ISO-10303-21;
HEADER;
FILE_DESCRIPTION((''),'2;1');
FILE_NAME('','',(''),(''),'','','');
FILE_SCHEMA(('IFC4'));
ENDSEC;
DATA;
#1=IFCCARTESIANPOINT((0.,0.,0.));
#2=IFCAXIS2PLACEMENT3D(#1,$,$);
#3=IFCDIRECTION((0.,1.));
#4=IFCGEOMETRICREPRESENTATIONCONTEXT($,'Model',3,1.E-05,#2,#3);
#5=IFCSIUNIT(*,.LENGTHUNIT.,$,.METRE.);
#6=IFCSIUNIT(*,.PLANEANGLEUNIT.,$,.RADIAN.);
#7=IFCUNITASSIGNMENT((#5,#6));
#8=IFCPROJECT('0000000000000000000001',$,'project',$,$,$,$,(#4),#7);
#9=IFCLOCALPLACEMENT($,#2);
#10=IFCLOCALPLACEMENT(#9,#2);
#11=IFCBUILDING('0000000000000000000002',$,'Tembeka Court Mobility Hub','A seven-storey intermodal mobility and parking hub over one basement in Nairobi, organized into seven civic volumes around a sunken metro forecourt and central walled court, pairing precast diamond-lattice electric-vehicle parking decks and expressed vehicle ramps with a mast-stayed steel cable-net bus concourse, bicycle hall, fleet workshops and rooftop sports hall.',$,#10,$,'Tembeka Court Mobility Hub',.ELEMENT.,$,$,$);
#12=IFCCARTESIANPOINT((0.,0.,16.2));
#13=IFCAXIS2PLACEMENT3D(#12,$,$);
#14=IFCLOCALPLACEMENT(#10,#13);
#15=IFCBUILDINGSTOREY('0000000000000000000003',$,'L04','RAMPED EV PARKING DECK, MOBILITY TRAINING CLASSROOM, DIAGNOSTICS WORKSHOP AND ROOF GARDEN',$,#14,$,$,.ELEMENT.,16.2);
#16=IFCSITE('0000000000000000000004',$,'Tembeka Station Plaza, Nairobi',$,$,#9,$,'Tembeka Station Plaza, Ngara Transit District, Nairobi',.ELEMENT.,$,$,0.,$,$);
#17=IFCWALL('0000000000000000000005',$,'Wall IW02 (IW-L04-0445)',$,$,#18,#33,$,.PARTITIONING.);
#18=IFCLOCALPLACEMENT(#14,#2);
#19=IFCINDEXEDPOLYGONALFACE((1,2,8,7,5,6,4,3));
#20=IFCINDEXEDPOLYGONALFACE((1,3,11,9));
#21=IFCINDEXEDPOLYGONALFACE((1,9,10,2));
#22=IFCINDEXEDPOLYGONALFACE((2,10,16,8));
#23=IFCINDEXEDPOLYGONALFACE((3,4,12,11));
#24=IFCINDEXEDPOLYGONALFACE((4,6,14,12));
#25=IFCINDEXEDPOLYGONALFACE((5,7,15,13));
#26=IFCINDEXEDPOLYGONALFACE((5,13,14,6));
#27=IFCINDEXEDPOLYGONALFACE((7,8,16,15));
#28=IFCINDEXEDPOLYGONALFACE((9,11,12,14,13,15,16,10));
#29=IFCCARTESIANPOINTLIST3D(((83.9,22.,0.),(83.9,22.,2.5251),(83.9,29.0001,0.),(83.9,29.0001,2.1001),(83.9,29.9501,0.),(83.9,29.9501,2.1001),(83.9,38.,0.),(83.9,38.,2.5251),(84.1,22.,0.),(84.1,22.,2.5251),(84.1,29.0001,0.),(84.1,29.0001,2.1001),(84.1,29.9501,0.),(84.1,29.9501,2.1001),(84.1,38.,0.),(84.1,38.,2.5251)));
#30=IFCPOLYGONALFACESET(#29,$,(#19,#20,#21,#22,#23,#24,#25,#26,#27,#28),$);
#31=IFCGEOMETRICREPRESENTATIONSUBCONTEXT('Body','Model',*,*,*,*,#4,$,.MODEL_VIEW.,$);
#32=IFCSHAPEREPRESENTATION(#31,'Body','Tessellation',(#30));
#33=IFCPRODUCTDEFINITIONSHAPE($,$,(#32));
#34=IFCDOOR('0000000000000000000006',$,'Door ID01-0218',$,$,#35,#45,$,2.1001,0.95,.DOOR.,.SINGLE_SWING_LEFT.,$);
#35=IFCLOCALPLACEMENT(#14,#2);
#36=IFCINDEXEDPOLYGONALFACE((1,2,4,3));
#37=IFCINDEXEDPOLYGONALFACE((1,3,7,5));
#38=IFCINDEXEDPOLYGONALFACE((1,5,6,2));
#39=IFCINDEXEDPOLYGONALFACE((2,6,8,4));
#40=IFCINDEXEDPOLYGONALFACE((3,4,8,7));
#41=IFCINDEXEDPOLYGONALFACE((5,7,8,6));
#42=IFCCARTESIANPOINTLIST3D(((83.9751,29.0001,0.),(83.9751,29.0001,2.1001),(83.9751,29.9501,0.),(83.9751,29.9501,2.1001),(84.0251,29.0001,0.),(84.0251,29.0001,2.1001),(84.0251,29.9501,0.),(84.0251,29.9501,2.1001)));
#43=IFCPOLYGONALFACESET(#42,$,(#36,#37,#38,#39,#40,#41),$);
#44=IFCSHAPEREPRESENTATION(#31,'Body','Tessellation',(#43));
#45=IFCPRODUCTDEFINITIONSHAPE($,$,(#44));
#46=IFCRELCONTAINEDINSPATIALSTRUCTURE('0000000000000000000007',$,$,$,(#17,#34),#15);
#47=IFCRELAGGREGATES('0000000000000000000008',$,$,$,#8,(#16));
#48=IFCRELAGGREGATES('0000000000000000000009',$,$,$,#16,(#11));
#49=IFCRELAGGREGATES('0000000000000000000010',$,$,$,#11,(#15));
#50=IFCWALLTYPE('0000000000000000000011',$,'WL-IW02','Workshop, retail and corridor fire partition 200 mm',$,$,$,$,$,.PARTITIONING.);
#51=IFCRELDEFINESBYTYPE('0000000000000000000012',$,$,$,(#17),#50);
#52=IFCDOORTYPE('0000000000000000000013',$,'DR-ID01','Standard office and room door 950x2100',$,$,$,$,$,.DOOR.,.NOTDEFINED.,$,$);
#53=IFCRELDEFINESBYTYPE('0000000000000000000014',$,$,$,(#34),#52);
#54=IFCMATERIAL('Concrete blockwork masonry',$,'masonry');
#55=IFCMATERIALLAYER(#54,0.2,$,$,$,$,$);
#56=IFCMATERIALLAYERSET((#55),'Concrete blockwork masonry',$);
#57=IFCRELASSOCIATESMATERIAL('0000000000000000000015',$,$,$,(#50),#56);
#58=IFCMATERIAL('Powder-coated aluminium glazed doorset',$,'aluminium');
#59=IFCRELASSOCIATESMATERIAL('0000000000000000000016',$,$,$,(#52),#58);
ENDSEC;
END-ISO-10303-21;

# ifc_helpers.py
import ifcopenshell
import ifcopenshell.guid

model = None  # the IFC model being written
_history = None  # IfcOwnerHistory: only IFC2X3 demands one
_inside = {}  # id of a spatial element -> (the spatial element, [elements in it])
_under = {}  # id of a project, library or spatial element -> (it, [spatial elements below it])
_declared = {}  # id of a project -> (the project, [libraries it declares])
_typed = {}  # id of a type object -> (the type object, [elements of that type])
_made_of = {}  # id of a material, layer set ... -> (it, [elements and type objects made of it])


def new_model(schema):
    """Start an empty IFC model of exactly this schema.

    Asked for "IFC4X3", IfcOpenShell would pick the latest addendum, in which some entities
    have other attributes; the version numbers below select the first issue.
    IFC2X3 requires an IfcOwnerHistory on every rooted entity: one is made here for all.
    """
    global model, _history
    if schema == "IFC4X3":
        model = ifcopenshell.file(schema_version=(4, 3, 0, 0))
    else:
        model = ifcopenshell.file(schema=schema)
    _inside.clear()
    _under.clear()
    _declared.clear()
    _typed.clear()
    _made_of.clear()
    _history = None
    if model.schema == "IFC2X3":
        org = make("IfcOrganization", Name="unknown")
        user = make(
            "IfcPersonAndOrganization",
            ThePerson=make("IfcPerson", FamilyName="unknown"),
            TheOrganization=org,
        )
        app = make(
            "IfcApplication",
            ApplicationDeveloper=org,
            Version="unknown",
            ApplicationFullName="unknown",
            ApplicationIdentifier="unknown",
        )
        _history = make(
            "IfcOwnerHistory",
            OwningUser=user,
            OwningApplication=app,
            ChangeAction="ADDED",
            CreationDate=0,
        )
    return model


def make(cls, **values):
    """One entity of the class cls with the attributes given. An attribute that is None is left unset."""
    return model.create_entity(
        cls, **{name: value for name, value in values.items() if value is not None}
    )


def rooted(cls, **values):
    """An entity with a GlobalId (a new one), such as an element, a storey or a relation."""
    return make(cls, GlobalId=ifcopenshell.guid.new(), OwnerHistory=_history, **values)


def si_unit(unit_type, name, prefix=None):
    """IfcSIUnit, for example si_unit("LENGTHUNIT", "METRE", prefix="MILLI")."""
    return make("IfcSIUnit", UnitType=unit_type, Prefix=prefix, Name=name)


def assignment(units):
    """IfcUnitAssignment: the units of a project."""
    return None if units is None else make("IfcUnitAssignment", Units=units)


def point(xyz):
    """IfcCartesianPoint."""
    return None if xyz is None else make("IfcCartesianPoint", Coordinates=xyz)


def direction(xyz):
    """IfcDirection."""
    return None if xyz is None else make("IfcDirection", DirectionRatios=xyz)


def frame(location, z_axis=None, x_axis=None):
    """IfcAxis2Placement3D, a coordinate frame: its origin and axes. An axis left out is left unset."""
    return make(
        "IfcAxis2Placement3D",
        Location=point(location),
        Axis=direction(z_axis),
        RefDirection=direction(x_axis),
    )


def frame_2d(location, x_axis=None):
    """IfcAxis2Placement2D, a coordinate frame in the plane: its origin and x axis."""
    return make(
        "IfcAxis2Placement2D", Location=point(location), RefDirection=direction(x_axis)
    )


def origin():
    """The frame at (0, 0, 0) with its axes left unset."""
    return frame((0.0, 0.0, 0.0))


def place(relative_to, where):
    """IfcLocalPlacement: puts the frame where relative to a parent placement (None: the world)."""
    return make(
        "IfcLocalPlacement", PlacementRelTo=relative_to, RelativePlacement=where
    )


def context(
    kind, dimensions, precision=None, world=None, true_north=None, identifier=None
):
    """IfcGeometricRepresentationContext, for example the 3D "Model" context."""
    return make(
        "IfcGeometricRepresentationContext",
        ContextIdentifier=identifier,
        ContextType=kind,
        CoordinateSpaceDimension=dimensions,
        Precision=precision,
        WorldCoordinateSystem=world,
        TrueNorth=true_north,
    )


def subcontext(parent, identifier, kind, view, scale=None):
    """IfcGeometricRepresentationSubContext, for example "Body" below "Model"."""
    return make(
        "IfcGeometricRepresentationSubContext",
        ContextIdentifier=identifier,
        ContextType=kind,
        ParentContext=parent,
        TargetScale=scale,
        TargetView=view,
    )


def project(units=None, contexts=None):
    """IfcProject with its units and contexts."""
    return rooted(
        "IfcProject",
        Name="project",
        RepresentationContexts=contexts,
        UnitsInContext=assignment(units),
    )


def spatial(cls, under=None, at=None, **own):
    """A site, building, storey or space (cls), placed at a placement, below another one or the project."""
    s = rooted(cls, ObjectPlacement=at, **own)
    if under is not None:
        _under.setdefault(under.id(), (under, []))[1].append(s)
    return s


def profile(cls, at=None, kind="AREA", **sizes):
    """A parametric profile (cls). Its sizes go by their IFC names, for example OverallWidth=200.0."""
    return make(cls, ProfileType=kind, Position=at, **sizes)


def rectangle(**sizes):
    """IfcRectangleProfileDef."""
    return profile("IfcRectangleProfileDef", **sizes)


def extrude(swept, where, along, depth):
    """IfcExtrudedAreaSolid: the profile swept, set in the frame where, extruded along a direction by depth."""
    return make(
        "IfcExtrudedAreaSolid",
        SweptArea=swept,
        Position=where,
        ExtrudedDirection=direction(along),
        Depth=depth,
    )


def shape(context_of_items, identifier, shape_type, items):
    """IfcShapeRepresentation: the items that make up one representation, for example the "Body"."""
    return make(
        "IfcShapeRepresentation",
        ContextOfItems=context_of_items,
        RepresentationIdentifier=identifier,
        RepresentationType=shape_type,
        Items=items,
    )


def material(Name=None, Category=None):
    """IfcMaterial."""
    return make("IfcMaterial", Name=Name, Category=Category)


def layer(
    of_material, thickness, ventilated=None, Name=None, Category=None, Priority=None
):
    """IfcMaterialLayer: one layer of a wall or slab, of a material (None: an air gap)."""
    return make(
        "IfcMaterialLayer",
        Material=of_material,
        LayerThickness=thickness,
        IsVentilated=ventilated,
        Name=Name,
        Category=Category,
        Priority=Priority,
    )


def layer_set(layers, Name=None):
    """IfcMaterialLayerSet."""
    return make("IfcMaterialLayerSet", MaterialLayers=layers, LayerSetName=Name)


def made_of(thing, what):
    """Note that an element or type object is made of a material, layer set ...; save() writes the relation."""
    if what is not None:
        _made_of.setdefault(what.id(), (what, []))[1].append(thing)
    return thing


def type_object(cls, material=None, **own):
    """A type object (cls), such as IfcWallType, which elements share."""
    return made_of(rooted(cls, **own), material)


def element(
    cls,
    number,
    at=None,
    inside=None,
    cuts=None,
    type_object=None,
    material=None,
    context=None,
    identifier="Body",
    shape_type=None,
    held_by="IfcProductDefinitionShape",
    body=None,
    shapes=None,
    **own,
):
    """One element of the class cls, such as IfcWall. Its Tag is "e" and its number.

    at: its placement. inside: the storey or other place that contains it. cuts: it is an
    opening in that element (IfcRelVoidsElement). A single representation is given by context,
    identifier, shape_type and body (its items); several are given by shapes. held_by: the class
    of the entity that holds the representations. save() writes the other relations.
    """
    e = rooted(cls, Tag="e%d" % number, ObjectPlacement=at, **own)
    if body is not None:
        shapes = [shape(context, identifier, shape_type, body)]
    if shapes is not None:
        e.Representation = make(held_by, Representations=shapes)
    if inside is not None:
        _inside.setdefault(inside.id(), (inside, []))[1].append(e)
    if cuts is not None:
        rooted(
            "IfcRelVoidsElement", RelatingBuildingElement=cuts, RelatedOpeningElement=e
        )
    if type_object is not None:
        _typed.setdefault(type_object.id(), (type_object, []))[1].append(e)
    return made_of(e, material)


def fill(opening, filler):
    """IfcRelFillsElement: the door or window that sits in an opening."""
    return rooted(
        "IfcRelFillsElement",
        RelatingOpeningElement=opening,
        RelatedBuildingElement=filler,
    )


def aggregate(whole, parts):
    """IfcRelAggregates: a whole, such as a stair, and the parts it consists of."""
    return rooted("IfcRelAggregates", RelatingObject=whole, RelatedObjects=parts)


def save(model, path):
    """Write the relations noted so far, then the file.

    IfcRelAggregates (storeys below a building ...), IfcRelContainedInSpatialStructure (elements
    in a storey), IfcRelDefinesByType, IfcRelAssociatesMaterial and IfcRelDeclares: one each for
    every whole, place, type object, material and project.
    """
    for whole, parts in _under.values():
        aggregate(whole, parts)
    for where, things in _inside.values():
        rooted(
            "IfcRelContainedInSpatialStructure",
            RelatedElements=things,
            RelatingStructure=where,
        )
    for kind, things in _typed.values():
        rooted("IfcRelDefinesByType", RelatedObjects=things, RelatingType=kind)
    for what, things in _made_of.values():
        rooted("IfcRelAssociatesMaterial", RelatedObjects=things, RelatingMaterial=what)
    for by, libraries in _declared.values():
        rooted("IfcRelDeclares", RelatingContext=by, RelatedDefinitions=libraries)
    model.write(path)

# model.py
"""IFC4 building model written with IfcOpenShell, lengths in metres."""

from ifc_helpers import new_model, si_unit, direction, frame, frame_2d, origin, place, context, subcontext, project, spatial, rectangle, extrude, material, layer, layer_set, type_object, element, fill, save


model = new_model("IFC4")

# Units and contexts
model_context = context("Model", 3, precision=1e-05, world=origin(), true_north=direction((0.0, 1.0)))
body_context = subcontext(model_context, "Body", "Model", "MODEL_VIEW")
ifc_project = project(units=[si_unit("LENGTHUNIT", "METRE"), si_unit("PLANEANGLEUNIT", "RADIAN")], contexts=[model_context])

# Site, building, storey
site_placement = place(None, origin())
site = spatial("IfcSite", under=ifc_project, at=site_placement, Name="Tembeka Station Plaza, Nairobi", LongName="Tembeka Station Plaza, Ngara Transit District, Nairobi", CompositionType="ELEMENT", RefElevation=0.0)
building_placement = place(site_placement, origin())
building = spatial("IfcBuilding", under=site, at=building_placement, Name="Tembeka Court Mobility Hub", Description="A seven-storey intermodal mobility and parking hub over one basement in Nairobi, organized into seven civic volumes around a sunken metro forecourt and central walled court, pairing precast diamond-lattice electric-vehicle parking decks and expressed vehicle ramps with a mast-stayed steel cable-net bus concourse, bicycle hall, fleet workshops and rooftop sports hall.", LongName="Tembeka Court Mobility Hub", CompositionType="ELEMENT")
storey_placement = place(building_placement, frame((0.0, 0.0, 16.2)))
storey = spatial("IfcBuildingStorey", under=building, at=storey_placement, Name="L04", Description="RAMPED EV PARKING DECK, MOBILITY TRAINING CLASSROOM, DIAGNOSTICS WORKSHOP AND ROOF GARDEN", CompositionType="ELEMENT", Elevation=16.2)

# Wall, opening, door
ifc_material_1 = material(Name="Concrete blockwork masonry", Category="masonry")
ifc_layer_1 = layer(ifc_material_1, 0.2)
ifc_layer_set_1 = layer_set([ifc_layer_1], Name="Concrete blockwork masonry")
wall_type = type_object("IfcWallType", Name="WL-IW02", Description="Workshop, retail and corridor fire partition 200 mm", PredefinedType="PARTITIONING", material=ifc_layer_set_1)
wall_placement = place(storey_placement, frame((84.0, 22.0, 0.0), z_axis=(0.0, 0.0, 1.0), x_axis=(0.0, 1.0, 0.0)))
wall = element("IfcWall", 1, at=wall_placement, inside=storey, type_object=wall_type, Name="Wall IW02 (IW-L04-0445)", PredefinedType="PARTITIONING", context=body_context, shape_type="SweptSolid", body=[
    extrude(rectangle(XDim=16.0, YDim=0.2, at=frame_2d((8.0, 0.0))), origin(), (0.0, 0.0, 1.0), 2.5251),
])
opening_placement = place(wall_placement, frame((7.0, 0.0, 0.0)))
opening = element("IfcOpeningElement", 2, at=opening_placement, cuts=wall, PredefinedType="OPENING", context=body_context, shape_type="SweptSolid", body=[
    extrude(rectangle(XDim=0.95, YDim=2.1001, at=frame_2d((0.4751, 1.05))), frame((0.0, 0.1099, 0.0), z_axis=(0.0, -1.0, 0.0), x_axis=(1.0, 0.0, 0.0)), (0.0, 0.0, 1.0), 0.22),
])
ifc_material_2 = material(Name="Powder-coated aluminium glazed doorset", Category="aluminium")
door_type = type_object("IfcDoorType", Name="DR-ID01", Description="Standard office and room door 950x2100", OperationType="NOTDEFINED", PredefinedType="DOOR", material=ifc_material_2)
door_placement = place(opening_placement, origin())
door = element("IfcDoor", 3, at=door_placement, inside=storey, type_object=door_type, Name="Door ID01-0218", OperationType="SINGLE_SWING_LEFT", OverallHeight=2.1001, OverallWidth=0.95, PredefinedType="DOOR", context=body_context, shape_type="SweptSolid", body=[
    extrude(rectangle(XDim=0.95, YDim=2.1001, at=frame_2d((0.4751, 1.05))), frame((0.0, 0.0249, 0.0), z_axis=(0.0, -1.0, 0.0), x_axis=(1.0, 0.0, 0.0)), (0.0, 0.0, 1.0), 0.05),
])
fill(opening, door)

save(model, "model.ifc")
